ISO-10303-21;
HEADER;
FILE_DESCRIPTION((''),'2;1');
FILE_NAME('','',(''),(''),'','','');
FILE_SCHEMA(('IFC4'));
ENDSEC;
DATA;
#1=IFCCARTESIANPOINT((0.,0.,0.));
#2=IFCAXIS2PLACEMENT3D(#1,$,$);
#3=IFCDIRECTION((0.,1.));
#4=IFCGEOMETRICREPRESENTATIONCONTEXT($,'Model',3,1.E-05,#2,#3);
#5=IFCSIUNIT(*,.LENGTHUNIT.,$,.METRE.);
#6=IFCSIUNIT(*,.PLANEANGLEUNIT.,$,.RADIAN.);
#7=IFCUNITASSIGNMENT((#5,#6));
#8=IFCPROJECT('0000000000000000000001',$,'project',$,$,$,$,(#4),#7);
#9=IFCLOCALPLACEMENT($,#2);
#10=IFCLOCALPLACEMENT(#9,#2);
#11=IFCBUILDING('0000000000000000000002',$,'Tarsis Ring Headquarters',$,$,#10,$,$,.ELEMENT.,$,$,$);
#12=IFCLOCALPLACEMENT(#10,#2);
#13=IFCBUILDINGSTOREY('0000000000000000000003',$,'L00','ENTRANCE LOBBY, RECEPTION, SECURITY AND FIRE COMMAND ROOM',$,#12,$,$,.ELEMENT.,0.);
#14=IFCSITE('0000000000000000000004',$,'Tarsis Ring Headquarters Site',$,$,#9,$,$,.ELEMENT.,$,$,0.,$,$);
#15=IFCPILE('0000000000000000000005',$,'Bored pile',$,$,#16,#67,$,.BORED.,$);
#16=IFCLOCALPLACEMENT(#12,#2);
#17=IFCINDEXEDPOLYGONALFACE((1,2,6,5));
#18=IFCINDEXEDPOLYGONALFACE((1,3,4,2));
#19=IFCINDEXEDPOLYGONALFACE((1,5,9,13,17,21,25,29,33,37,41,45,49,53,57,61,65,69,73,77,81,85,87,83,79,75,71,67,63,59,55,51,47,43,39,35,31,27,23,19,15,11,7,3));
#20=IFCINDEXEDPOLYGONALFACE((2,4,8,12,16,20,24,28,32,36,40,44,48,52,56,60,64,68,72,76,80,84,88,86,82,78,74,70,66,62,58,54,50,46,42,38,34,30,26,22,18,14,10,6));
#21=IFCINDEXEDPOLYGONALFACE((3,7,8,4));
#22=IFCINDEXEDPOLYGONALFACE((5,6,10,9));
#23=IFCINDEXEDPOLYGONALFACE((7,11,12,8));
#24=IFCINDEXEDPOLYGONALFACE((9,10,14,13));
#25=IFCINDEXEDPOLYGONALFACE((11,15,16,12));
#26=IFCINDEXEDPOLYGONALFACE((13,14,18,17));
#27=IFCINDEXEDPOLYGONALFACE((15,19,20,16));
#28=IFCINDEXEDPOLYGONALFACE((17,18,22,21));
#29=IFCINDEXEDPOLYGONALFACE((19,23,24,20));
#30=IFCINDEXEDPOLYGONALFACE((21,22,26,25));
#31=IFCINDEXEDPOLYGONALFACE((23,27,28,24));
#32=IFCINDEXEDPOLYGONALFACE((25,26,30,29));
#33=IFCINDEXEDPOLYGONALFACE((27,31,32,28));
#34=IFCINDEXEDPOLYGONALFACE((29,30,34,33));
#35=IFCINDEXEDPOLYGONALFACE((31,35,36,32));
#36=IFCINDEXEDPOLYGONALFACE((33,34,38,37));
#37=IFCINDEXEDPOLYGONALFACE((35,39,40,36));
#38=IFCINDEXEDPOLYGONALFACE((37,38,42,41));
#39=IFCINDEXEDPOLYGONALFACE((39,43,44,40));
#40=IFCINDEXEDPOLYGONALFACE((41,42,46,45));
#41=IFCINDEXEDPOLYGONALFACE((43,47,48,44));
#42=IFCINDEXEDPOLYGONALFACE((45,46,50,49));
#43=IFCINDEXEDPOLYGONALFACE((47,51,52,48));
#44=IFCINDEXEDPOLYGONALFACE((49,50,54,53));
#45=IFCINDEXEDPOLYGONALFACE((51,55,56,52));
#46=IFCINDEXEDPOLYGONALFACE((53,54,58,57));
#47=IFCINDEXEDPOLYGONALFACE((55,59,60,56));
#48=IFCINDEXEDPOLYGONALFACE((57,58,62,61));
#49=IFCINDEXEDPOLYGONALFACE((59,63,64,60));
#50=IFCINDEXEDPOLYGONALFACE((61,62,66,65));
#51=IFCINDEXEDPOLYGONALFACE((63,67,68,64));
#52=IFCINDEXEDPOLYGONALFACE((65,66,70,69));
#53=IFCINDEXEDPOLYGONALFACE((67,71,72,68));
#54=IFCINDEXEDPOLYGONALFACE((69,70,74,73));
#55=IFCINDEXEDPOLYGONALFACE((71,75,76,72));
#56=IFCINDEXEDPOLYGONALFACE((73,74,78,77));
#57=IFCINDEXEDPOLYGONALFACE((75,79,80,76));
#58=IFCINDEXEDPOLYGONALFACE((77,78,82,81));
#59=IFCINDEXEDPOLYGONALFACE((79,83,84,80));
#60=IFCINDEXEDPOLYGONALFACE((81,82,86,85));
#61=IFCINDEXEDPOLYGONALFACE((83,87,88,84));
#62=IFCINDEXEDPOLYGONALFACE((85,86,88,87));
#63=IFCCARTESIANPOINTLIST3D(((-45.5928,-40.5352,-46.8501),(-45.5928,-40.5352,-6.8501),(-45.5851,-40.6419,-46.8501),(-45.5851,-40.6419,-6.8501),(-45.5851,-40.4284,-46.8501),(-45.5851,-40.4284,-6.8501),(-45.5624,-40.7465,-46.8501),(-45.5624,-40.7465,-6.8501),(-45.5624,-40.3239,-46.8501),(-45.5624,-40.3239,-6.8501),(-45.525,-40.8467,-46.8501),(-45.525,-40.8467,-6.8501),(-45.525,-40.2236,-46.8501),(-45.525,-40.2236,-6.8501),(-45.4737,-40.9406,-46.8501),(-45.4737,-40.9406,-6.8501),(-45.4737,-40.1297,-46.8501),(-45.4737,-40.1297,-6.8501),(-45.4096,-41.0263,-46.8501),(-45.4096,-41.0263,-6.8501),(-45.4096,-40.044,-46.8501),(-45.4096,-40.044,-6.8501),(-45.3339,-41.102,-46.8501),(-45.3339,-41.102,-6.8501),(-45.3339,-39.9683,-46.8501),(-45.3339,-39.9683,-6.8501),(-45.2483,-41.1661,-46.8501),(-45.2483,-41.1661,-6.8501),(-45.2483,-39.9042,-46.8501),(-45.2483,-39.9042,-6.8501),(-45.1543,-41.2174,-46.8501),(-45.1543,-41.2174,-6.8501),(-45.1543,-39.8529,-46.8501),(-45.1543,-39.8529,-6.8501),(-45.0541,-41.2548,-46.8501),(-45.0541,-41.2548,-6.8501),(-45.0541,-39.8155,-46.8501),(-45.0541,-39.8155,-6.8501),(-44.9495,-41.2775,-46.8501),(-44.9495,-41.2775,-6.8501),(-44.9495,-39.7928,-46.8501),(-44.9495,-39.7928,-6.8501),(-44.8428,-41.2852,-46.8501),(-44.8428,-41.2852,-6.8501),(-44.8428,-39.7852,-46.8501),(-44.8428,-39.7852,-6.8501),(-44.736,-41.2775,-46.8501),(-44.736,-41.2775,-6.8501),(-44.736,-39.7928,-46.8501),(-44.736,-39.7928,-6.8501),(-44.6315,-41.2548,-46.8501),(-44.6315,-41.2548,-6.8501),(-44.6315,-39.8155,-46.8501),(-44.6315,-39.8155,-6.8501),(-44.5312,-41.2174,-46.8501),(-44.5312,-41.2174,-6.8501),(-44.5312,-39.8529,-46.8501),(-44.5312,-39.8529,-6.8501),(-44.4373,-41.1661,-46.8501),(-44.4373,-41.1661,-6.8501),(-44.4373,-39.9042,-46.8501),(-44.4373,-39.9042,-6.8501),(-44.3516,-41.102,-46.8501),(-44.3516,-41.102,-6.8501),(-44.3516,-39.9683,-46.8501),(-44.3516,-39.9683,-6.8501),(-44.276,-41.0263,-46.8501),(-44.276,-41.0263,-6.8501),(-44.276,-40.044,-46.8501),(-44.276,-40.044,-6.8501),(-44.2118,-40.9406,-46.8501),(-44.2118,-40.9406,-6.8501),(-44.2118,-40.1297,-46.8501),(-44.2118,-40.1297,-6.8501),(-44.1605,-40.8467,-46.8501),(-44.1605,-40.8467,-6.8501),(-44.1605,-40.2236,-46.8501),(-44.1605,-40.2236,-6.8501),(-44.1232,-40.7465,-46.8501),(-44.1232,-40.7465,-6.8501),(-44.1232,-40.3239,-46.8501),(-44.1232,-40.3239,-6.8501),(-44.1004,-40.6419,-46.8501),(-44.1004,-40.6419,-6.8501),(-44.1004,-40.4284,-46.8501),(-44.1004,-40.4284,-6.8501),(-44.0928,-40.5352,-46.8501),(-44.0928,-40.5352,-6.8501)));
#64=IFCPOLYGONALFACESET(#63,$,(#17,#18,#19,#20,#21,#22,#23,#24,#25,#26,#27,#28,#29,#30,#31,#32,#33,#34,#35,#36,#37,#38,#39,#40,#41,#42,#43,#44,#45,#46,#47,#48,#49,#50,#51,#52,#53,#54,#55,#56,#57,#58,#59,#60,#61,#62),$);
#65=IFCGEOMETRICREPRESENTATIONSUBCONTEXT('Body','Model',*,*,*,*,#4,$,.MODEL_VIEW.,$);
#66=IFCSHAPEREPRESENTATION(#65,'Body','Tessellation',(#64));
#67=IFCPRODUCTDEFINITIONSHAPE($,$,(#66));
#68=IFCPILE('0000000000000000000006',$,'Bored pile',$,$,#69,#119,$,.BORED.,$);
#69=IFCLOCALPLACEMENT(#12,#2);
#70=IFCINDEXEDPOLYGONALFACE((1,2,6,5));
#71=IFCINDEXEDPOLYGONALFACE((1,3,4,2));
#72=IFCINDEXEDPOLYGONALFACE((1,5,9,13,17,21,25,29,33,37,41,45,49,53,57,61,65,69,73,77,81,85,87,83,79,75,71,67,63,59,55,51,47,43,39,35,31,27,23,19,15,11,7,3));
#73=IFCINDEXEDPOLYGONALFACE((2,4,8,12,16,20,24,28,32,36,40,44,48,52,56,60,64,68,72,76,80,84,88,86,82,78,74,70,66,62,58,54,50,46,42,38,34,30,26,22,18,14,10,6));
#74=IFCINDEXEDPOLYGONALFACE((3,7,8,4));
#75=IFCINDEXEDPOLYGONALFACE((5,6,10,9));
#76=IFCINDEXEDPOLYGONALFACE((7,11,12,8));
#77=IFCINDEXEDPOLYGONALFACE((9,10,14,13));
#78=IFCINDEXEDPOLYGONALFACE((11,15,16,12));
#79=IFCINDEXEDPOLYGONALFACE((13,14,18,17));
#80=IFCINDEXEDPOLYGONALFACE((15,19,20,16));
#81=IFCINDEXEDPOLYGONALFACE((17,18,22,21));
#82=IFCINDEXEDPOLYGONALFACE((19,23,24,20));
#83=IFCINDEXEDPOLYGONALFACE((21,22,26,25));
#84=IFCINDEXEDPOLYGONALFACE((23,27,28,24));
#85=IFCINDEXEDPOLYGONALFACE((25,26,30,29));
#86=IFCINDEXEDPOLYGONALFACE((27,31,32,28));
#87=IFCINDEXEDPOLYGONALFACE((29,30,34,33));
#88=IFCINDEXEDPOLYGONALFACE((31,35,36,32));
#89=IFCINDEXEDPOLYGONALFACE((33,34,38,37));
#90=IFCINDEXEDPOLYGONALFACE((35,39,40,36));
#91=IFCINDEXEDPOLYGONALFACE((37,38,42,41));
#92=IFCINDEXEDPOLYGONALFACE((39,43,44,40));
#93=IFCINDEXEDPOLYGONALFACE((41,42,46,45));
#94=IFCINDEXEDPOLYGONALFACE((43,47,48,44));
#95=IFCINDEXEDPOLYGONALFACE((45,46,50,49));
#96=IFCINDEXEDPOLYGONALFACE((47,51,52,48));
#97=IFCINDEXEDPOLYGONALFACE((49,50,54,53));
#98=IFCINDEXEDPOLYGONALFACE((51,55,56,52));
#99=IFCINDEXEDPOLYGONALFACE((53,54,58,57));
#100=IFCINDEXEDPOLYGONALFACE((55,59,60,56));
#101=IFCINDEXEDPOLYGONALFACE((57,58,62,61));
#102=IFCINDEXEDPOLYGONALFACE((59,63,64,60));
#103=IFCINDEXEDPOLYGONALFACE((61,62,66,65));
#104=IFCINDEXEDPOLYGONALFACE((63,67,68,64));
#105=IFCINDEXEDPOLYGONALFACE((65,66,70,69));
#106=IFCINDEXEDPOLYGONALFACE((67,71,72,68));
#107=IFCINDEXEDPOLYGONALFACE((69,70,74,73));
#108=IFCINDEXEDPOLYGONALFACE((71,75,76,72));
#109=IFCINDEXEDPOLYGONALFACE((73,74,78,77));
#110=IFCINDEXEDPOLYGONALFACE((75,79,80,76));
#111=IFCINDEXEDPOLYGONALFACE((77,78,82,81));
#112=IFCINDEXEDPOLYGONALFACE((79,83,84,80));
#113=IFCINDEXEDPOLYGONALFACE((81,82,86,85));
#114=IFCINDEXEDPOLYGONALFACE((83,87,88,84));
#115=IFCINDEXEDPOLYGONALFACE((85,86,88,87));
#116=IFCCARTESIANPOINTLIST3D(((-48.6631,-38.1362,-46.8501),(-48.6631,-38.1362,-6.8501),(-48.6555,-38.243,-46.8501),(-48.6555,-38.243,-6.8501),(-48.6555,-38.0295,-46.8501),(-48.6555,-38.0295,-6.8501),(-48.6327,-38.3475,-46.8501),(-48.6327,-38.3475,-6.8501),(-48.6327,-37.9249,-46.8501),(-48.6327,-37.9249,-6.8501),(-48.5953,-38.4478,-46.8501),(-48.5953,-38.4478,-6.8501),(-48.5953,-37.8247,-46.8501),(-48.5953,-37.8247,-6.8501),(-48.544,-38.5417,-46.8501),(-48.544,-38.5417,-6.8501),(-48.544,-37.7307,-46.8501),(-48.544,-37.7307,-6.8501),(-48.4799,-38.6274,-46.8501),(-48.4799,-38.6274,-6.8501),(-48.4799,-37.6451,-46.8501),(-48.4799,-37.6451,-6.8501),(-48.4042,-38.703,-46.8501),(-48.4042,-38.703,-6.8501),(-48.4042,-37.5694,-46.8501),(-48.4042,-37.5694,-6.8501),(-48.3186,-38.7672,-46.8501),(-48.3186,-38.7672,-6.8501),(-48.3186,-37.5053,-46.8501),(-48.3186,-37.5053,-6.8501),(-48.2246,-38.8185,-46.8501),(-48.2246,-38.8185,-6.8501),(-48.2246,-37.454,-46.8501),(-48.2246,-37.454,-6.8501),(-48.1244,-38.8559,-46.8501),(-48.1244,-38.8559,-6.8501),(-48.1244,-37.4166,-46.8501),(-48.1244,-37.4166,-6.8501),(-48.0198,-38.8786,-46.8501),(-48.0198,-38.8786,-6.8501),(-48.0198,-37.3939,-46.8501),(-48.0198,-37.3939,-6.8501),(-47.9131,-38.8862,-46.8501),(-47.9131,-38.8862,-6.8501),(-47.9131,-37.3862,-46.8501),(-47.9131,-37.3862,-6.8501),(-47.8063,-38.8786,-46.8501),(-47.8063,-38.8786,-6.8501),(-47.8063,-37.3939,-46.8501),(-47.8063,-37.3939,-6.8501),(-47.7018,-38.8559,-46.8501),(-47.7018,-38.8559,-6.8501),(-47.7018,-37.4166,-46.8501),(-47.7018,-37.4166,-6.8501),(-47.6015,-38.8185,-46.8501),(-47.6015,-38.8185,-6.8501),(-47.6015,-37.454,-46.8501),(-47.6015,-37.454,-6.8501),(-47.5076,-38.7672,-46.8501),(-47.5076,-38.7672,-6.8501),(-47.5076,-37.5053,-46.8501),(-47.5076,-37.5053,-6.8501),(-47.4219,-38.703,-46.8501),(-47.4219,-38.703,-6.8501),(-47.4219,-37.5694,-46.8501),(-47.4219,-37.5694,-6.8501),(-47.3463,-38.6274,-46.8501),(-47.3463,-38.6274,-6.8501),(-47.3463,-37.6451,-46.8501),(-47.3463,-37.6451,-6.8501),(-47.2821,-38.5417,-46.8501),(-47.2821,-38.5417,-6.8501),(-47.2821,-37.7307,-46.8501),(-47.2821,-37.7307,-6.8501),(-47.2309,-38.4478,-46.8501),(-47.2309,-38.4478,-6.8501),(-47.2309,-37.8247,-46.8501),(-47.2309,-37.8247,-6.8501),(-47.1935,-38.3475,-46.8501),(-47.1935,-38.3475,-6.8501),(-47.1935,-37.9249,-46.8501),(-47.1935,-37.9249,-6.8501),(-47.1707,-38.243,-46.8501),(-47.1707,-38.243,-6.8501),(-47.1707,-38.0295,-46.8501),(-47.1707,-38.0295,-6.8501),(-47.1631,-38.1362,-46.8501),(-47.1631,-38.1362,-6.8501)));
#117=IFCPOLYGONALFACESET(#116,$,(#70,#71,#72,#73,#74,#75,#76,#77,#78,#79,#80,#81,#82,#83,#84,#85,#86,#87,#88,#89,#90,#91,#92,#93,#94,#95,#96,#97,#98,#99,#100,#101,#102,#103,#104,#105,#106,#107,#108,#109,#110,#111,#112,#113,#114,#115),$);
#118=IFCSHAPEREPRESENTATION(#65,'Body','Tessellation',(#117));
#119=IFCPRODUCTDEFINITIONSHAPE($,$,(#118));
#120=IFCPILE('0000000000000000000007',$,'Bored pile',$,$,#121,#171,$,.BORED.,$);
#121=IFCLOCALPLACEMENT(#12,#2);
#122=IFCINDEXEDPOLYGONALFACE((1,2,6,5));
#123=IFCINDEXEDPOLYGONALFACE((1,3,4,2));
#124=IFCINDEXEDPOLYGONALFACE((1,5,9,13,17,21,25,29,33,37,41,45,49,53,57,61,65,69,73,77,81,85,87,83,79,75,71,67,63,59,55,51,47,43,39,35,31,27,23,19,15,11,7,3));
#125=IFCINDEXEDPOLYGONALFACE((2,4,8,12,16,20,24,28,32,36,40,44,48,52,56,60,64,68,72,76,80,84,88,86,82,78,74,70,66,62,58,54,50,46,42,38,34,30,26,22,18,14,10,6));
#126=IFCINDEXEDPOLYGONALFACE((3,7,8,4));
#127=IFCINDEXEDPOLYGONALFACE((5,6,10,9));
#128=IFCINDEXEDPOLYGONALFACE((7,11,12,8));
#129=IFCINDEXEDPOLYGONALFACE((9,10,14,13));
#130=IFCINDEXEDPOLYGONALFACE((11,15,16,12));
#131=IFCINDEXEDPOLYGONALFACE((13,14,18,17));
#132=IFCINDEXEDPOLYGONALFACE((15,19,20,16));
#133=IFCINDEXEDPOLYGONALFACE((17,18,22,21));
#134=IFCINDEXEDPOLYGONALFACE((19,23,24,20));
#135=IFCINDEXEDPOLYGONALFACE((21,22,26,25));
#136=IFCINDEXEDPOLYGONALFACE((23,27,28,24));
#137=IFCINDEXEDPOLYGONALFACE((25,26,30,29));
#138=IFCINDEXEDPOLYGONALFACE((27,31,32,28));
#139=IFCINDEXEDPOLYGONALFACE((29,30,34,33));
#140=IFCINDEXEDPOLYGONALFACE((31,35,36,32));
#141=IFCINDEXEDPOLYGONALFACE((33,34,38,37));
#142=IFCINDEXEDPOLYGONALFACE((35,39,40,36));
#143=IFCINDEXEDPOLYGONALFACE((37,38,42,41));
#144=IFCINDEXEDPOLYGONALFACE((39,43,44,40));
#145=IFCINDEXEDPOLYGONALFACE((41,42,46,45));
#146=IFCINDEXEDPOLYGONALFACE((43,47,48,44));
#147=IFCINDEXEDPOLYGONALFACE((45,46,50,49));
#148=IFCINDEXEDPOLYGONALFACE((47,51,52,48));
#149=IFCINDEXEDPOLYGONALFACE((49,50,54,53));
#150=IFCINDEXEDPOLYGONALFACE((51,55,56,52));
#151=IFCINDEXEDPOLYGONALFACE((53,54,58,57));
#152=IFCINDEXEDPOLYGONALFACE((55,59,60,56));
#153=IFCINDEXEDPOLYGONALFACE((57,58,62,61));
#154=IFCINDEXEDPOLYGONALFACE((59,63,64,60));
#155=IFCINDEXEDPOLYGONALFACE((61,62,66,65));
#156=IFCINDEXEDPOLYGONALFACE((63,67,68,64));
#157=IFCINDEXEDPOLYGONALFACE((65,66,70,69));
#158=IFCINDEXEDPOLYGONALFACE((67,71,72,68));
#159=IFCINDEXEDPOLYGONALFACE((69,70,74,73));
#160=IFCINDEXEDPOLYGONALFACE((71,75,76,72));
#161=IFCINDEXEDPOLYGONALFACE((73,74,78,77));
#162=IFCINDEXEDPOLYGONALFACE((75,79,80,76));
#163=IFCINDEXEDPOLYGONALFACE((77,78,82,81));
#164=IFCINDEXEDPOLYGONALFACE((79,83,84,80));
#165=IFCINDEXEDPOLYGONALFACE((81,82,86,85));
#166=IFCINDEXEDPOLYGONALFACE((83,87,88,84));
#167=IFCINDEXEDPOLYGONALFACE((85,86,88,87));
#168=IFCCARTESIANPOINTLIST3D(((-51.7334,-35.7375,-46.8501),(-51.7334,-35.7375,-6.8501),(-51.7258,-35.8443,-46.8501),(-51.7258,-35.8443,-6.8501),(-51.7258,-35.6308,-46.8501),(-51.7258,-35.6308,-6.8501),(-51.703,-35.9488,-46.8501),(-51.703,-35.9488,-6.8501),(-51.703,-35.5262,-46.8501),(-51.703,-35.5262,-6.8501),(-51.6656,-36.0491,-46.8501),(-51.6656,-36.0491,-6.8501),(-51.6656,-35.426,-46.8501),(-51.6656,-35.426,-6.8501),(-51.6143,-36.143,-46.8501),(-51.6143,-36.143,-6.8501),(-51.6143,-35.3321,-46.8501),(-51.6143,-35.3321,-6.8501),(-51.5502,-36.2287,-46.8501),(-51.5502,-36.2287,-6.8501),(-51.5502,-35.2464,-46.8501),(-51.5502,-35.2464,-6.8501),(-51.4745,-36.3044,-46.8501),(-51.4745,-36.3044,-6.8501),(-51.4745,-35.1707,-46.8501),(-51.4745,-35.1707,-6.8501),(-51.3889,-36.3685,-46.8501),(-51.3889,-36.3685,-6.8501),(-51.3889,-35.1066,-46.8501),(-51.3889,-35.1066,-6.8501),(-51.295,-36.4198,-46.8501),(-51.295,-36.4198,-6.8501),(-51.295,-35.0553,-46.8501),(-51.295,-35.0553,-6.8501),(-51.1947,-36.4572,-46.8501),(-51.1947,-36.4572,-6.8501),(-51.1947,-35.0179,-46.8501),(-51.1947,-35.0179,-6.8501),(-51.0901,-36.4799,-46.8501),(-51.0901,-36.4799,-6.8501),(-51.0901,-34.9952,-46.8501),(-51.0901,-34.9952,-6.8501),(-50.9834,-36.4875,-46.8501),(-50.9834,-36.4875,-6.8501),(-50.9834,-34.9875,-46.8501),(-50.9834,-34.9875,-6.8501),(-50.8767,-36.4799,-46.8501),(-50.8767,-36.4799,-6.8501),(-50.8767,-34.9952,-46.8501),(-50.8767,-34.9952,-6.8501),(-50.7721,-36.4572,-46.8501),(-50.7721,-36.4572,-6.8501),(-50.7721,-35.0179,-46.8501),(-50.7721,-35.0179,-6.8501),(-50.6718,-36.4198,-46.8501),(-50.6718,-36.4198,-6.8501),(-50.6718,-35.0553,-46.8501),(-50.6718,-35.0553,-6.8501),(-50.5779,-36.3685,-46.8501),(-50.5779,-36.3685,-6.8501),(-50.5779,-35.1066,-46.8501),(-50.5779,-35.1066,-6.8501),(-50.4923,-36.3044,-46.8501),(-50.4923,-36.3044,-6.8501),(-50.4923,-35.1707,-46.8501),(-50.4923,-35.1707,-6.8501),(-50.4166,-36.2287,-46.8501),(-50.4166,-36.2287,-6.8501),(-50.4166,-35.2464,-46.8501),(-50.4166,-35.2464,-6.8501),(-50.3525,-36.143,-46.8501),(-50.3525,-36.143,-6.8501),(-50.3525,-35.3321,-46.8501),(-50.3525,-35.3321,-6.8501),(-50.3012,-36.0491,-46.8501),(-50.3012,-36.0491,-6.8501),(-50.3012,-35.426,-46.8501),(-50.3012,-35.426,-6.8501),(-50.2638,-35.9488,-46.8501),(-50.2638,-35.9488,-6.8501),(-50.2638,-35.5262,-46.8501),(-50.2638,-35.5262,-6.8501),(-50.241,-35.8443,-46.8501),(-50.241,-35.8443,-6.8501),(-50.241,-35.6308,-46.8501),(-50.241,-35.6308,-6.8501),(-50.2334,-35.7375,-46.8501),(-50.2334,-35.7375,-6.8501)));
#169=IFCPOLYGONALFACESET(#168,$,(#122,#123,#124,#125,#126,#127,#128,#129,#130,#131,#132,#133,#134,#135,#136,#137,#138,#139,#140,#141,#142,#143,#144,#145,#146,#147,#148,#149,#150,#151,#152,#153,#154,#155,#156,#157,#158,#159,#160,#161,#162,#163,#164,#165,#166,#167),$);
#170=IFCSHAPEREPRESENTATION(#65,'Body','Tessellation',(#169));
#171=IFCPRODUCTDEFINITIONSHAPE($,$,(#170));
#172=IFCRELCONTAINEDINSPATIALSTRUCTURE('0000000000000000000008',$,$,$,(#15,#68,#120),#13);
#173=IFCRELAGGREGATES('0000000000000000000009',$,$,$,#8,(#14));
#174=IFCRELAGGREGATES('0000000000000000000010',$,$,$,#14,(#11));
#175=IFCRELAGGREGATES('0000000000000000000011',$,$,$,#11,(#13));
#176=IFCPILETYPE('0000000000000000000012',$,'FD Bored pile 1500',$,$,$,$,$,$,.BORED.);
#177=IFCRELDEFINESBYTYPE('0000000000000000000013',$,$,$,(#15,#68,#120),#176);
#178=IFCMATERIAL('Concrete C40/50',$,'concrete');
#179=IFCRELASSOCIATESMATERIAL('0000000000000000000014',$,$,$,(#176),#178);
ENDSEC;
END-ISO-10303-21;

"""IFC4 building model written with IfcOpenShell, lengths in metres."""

from ifc_helpers import new_model, si_unit, direction, frame, origin, origin_2d, place, context, subcontext, project, spatial, circle, extrude, material, material_profile, profile_set, type_object, element, save


model = new_model("IFC4")

# Units and contexts
model_context = context("Model", 3, precision=1e-05, world=origin(), true_north=direction((0.0, 1.0)))
body_context = subcontext(model_context, "Body", "Model", "MODEL_VIEW")
ifc_project = project(units=[si_unit("LENGTHUNIT", "METRE"), si_unit("PLANEANGLEUNIT", "RADIAN")], contexts=[model_context])

# Site, building, storey
site_placement = place(None, origin())
site = spatial("IfcSite", under=ifc_project, at=site_placement, Name="Tarsis Ring Headquarters Site", CompositionType="ELEMENT", RefElevation=0.0)
building_placement = place(site_placement, origin())
building = spatial("IfcBuilding", under=site, at=building_placement, Name="Tarsis Ring Headquarters", CompositionType="ELEMENT")
storey_placement = place(building_placement, origin())
storey = spatial("IfcBuildingStorey", under=building, at=storey_placement, Name="L00", Description="ENTRANCE LOBBY, RECEPTION, SECURITY AND FIRE COMMAND ROOM", CompositionType="ELEMENT", Elevation=0.0)

# Piles
ifc_material_1 = material(Name="Concrete C40/50", Category="concrete")
ifc_material_profile_1 = material_profile(ifc_material_1, circle(Radius=0.75, at=origin_2d()), Name="BORED 1500")
ifc_profile_set_1 = profile_set([ifc_material_profile_1], Name="Concrete C40/50")
pile_type = type_object("IfcPileType", Name="FD Bored pile 1500", PredefinedType="BORED", material=ifc_profile_set_1)
for number, where, z_axis, x_axis, name in (
    (1, (-44.8428, -40.5352, -6.8501), (0.0, 0.0, -1.0), (1.0, 0.0, 0.0), "Bored pile"),
    (2, (-47.9131, -38.1362, -6.8501), (0.0, 0.0, -1.0), (1.0, 0.0, 0.0), "Bored pile"),
    (3, (-50.9834, -35.7375, -6.8501), (0.0, 0.0, -1.0), (1.0, 0.0, 0.0), "Bored pile"),
):
    element("IfcPile", number, at=place(storey_placement, frame(where, z_axis=z_axis, x_axis=x_axis)), inside=storey, type_object=pile_type, Name=name, PredefinedType="BORED", context=body_context, shape_type="SweptSolid", body=[
        extrude(circle(Radius=0.75, at=origin_2d()), origin(), (0.0, 0.0, 1.0), 40.0),
    ])

save(model, "model.ifc")
